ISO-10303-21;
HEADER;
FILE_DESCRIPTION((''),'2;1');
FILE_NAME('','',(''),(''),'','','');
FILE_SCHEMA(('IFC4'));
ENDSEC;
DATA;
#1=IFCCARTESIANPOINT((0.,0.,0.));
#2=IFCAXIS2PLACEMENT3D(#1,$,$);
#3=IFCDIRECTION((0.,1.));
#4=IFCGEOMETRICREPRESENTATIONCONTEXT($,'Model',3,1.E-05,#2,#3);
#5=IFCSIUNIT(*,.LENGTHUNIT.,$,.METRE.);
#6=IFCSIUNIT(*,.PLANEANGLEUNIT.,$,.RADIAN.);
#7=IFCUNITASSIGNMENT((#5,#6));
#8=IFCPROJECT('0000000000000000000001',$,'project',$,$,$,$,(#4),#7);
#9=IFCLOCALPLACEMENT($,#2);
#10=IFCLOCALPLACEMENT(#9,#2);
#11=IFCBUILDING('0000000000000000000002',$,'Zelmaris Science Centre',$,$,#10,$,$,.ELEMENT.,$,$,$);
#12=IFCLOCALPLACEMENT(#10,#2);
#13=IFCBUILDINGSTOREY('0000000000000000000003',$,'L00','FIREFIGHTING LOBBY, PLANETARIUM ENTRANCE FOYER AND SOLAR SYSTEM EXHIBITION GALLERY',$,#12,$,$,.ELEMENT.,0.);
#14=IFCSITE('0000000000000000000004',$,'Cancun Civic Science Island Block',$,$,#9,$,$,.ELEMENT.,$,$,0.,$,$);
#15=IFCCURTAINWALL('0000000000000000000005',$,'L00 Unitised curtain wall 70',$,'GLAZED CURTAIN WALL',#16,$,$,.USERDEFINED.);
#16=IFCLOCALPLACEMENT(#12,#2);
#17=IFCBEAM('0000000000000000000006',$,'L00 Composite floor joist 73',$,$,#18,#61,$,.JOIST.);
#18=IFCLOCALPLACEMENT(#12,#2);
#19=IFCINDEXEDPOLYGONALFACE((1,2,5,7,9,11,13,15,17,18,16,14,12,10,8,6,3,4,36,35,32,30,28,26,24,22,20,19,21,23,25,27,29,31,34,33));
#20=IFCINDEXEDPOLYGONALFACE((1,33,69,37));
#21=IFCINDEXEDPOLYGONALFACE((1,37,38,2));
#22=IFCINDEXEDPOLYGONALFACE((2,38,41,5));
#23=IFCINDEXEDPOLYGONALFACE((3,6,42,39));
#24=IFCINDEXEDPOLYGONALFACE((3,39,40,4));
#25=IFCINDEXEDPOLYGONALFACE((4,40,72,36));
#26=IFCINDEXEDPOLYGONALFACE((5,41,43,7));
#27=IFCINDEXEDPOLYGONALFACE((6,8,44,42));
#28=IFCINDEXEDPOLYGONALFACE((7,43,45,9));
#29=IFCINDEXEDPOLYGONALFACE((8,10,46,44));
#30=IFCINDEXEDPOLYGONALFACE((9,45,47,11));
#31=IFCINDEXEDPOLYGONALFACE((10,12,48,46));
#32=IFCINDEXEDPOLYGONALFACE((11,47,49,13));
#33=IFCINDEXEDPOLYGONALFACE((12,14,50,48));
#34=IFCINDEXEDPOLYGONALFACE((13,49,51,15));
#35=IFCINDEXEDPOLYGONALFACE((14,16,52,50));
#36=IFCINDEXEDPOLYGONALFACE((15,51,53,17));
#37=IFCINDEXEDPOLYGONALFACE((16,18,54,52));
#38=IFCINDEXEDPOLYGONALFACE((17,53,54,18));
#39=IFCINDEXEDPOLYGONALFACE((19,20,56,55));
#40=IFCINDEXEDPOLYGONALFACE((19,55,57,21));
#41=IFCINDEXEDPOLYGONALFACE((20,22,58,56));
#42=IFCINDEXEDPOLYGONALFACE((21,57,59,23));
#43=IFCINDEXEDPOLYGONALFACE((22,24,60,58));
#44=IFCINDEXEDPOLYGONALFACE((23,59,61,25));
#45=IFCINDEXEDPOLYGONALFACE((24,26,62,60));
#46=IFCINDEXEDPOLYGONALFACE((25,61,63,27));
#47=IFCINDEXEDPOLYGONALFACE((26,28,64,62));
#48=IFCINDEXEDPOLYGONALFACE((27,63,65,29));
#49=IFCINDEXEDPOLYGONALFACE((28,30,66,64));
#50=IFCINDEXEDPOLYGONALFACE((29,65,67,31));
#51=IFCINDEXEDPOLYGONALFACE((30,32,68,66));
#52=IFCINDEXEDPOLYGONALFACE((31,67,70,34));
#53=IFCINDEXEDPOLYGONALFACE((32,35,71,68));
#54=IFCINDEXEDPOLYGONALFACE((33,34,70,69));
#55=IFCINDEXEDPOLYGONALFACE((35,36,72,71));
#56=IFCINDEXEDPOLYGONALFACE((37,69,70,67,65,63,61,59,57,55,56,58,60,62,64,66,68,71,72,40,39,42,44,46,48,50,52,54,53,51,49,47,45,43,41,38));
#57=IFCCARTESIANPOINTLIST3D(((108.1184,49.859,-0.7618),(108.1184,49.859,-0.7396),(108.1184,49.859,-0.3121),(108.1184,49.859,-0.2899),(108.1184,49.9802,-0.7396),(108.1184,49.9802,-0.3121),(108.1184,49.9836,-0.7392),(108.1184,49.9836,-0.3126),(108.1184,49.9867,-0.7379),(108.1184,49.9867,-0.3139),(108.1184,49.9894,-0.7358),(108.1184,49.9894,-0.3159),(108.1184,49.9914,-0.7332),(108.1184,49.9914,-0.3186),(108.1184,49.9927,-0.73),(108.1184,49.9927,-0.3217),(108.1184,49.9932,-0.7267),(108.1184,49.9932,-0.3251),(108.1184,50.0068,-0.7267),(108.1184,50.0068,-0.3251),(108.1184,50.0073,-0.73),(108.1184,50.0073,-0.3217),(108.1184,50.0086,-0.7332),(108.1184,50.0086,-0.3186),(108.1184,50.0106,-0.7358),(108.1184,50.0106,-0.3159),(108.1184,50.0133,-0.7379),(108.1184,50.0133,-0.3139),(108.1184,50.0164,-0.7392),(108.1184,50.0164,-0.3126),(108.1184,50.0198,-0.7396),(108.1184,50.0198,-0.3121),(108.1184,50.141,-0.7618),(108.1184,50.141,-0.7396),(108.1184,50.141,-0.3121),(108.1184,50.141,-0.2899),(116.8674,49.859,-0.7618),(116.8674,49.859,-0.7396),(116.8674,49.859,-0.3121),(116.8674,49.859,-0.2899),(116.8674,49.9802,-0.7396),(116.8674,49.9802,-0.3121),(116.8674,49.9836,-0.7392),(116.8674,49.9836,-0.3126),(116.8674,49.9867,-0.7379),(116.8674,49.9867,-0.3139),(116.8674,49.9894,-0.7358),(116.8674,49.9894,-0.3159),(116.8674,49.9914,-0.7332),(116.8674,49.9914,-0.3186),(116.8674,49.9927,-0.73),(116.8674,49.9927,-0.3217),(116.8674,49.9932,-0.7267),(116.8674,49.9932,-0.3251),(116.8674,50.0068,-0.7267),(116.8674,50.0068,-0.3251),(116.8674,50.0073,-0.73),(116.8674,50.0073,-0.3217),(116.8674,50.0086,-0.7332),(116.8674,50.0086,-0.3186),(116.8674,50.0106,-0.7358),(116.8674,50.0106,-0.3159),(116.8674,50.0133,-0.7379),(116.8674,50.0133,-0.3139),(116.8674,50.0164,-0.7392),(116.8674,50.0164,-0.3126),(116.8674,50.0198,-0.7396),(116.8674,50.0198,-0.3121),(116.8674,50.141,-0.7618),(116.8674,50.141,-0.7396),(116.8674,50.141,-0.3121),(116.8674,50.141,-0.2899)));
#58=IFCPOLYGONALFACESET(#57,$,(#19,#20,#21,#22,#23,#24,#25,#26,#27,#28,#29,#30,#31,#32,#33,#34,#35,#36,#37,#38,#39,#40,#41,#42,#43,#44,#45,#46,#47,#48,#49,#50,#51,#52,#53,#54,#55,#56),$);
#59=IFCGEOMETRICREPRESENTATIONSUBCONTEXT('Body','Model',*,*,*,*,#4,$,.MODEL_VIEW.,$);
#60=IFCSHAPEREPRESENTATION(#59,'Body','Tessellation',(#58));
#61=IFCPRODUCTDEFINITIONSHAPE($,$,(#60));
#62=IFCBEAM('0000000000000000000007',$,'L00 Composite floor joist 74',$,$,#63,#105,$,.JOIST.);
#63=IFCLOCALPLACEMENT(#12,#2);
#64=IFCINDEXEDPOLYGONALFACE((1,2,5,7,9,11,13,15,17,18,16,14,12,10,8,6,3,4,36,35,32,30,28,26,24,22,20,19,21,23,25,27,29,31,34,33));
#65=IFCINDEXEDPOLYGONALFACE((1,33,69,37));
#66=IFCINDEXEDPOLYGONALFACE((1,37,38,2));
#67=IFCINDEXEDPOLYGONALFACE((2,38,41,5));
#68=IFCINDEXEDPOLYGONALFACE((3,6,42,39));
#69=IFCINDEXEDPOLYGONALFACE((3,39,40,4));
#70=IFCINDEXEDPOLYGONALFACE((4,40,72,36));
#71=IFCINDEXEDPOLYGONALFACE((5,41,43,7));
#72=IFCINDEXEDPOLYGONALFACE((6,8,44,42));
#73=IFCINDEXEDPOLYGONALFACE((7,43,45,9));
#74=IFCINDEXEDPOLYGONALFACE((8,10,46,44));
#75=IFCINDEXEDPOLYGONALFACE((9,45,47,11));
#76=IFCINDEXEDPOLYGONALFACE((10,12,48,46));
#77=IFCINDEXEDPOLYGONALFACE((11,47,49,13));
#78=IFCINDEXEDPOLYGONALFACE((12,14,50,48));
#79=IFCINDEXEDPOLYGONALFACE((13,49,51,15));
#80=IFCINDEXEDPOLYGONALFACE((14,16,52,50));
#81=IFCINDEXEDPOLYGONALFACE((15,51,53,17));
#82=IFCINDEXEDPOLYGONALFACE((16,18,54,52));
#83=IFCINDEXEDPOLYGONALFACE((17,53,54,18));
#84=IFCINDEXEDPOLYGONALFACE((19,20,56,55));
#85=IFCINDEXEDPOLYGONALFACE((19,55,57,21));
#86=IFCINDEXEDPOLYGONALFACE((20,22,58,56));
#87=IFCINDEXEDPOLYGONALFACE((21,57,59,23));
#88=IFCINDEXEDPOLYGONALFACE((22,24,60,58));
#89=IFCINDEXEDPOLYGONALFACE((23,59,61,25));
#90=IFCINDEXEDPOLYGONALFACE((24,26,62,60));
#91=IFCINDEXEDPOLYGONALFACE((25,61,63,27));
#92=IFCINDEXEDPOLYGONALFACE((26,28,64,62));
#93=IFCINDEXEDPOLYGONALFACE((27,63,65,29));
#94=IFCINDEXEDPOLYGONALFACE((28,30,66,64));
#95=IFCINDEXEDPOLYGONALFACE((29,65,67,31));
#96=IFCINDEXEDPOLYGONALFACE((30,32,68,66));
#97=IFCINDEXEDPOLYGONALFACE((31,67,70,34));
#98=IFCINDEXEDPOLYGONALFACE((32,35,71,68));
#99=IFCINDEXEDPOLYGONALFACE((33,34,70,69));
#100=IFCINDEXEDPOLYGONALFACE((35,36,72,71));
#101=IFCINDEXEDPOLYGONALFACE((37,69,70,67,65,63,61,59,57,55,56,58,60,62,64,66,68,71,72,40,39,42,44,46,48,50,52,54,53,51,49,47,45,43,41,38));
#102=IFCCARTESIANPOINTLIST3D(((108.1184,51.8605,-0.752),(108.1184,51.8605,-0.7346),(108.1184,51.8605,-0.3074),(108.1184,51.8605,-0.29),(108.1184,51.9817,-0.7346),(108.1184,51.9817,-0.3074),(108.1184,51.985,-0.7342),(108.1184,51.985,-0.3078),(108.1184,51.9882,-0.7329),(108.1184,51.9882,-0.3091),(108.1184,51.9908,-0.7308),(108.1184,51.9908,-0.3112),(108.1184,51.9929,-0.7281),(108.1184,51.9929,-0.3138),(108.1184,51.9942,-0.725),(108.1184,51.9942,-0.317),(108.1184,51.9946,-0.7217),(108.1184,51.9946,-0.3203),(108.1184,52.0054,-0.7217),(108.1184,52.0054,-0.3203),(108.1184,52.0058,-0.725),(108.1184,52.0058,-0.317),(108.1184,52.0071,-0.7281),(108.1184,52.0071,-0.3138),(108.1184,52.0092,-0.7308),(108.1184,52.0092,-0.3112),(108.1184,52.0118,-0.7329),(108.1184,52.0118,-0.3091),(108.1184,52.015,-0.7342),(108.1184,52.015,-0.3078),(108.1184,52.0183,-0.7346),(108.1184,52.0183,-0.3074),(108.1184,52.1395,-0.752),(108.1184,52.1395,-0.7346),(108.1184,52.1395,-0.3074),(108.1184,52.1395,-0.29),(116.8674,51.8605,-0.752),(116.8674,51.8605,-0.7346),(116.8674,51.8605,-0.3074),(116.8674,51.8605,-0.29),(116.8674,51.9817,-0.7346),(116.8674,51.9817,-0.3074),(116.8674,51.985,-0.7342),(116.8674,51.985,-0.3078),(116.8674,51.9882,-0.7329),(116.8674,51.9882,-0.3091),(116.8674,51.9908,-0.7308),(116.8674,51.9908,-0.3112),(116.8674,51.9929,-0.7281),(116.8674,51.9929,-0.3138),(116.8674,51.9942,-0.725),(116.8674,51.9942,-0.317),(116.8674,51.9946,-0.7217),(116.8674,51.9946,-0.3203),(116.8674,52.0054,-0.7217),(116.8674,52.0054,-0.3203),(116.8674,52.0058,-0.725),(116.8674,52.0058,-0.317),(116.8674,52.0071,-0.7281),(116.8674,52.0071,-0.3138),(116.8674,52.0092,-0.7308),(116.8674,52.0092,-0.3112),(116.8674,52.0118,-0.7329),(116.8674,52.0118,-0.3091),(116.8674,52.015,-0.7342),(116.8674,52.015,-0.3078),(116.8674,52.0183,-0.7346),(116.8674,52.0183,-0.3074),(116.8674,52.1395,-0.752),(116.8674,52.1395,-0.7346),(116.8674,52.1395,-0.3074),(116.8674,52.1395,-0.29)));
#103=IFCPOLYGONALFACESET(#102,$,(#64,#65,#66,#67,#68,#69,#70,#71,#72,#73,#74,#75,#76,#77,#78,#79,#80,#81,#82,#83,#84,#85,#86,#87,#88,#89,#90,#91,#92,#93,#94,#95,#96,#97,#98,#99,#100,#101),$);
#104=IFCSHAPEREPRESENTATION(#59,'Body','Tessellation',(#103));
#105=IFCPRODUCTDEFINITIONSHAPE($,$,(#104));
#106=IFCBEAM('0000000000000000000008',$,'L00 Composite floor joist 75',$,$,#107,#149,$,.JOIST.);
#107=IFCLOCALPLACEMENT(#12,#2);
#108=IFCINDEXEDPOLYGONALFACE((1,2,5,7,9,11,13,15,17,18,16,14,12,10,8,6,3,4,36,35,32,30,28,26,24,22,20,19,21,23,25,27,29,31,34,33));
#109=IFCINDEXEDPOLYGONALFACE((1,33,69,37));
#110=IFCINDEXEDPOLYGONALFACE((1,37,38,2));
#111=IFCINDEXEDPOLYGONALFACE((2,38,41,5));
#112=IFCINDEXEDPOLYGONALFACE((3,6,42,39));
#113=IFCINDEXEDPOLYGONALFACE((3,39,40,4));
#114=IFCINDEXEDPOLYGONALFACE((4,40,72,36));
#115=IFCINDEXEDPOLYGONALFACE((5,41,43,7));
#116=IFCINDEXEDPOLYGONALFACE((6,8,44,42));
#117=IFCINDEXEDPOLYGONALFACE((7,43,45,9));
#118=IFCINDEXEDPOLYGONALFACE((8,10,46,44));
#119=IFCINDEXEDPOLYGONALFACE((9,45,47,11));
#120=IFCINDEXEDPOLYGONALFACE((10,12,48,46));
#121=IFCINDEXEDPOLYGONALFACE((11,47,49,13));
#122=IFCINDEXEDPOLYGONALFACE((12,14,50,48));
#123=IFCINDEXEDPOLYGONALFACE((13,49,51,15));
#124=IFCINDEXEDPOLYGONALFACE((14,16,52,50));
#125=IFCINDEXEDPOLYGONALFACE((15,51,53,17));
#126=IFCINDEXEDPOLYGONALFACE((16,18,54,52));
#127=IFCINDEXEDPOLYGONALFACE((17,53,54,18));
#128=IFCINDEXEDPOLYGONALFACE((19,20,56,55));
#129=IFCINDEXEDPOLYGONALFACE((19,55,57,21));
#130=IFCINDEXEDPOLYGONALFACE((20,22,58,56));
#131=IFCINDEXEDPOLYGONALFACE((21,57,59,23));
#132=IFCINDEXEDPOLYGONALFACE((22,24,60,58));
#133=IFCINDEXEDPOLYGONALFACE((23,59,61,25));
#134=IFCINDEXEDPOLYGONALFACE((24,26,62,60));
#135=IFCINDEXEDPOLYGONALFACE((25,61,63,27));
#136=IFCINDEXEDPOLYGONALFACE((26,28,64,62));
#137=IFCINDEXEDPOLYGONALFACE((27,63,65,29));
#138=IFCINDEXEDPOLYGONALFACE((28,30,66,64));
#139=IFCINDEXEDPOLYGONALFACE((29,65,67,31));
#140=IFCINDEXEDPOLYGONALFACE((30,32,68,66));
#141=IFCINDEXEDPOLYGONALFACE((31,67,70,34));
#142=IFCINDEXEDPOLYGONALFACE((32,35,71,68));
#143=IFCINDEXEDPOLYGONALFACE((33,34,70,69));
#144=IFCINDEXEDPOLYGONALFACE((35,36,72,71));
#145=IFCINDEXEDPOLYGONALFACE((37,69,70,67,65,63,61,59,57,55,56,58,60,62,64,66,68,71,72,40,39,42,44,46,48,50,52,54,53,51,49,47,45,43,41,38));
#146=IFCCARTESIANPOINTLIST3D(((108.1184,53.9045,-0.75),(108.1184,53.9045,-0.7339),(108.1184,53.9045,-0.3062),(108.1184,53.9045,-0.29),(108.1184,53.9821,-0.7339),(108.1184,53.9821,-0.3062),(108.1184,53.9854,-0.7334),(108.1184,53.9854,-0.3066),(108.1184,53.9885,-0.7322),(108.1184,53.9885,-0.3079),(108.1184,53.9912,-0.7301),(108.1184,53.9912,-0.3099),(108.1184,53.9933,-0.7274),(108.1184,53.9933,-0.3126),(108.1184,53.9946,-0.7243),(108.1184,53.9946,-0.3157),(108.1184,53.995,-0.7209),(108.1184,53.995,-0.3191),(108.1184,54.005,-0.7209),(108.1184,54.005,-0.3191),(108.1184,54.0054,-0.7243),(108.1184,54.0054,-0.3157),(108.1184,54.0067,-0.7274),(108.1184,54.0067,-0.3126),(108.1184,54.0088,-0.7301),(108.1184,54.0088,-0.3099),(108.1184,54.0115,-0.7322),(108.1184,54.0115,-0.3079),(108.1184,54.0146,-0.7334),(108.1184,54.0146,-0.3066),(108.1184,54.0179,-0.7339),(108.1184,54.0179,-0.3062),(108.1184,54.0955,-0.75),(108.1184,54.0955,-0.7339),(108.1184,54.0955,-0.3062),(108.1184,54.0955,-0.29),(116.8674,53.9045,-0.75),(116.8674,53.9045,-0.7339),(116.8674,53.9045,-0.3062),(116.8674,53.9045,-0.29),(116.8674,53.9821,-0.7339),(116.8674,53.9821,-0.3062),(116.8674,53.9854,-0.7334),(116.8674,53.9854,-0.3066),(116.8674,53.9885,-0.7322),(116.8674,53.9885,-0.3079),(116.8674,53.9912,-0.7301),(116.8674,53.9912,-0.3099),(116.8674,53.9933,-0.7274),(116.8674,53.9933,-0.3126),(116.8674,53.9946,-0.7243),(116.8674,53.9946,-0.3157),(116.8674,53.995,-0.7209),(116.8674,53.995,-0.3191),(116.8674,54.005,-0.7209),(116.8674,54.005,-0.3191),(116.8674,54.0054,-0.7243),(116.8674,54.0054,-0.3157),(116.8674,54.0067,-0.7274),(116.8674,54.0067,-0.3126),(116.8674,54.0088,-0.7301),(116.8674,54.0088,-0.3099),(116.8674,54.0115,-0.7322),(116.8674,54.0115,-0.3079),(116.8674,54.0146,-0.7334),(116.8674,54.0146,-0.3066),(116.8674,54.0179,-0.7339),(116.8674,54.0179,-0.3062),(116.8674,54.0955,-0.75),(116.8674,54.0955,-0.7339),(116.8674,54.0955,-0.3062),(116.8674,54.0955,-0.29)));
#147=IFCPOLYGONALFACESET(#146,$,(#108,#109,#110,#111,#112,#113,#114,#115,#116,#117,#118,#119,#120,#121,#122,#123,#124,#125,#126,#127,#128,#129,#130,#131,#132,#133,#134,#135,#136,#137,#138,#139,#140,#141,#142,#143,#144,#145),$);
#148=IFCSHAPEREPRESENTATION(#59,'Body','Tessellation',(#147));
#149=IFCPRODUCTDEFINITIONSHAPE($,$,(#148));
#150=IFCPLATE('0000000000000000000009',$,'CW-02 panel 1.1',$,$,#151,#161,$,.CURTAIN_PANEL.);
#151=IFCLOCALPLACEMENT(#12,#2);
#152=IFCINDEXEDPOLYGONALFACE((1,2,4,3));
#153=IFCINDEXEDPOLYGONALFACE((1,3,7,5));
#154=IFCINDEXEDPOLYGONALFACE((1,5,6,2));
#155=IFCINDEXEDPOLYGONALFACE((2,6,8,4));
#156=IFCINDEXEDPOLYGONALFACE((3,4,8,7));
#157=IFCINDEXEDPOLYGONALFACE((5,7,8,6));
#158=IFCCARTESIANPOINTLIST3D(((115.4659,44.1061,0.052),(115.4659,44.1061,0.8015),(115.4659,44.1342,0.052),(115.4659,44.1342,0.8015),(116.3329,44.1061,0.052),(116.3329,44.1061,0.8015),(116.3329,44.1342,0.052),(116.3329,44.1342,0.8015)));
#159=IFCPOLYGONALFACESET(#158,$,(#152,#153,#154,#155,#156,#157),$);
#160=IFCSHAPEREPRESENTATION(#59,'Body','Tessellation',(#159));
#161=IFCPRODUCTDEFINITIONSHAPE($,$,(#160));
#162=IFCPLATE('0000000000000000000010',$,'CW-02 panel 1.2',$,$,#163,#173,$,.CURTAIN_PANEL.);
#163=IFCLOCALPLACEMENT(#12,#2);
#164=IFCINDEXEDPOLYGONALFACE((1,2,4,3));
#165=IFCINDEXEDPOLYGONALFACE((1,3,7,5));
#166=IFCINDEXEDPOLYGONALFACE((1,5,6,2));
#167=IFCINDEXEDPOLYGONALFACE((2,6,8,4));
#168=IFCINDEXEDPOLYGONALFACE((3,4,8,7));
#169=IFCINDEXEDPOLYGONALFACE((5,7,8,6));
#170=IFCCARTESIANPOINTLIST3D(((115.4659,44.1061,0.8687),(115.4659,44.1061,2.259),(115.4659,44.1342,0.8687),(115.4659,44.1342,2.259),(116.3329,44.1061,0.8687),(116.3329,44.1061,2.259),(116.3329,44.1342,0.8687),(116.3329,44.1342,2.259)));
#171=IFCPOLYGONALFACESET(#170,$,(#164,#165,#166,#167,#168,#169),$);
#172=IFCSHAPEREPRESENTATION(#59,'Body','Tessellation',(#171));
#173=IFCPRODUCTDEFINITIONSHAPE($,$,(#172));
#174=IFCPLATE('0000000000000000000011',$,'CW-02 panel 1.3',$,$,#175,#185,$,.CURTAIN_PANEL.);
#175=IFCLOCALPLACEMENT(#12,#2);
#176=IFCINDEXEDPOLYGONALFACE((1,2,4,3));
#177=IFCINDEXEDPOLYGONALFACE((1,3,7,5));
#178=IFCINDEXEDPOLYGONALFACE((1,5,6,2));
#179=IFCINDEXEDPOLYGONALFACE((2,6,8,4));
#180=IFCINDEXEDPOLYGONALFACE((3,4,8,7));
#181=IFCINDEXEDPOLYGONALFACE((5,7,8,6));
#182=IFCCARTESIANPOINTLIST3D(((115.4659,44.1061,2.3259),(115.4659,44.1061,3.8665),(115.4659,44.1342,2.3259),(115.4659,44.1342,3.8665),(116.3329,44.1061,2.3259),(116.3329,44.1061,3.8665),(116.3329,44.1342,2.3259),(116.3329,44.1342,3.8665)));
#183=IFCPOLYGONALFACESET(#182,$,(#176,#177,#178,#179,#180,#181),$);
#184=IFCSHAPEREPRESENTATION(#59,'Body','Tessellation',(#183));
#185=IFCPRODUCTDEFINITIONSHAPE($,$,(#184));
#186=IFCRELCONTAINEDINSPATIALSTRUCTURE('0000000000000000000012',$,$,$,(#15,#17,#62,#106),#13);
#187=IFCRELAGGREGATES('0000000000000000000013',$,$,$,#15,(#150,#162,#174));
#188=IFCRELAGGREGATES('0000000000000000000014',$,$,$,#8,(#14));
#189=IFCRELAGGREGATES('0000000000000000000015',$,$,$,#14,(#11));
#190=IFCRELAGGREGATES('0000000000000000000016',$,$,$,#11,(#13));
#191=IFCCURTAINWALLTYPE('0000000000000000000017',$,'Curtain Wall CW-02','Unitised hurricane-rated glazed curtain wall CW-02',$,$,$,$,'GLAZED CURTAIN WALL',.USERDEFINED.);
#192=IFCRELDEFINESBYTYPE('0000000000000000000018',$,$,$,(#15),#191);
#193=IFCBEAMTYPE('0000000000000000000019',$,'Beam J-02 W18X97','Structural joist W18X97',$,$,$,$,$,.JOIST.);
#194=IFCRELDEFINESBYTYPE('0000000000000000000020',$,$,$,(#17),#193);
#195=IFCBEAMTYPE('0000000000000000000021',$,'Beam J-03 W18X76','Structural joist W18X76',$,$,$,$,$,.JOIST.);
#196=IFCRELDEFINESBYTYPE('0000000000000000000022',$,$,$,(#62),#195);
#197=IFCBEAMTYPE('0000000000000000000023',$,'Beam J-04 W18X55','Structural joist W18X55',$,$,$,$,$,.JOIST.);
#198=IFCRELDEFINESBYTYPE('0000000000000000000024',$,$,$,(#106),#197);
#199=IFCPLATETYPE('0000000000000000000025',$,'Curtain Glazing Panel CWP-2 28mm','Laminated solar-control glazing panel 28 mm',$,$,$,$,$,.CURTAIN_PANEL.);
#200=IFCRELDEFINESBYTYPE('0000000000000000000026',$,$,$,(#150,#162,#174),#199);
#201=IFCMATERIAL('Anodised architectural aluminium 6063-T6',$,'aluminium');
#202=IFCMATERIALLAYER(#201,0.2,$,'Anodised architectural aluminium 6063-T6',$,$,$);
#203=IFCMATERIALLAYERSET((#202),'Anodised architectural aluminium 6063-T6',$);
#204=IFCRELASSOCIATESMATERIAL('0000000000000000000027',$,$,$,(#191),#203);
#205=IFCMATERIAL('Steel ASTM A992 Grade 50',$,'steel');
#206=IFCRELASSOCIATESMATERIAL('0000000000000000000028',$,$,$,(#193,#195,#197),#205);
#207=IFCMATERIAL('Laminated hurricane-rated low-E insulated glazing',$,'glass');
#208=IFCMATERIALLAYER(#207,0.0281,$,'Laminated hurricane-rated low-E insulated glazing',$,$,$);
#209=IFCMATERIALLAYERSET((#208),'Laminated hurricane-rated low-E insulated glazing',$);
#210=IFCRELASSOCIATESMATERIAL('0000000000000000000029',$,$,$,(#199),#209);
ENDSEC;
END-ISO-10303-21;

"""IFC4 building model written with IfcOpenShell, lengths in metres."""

from ifc_helpers import new_model, si_unit, direction, frame, origin, origin_2d, place, context, subcontext, project, spatial, rectangle, i_section, extrude, material, layer, layer_set, material_profile, profile_set, type_object, element, aggregate, save


model = new_model("IFC4")

# Units and contexts
model_context = context("Model", 3, precision=1e-05, world=origin(), true_north=direction((0.0, 1.0)))
body_context = subcontext(model_context, "Body", "Model", "MODEL_VIEW")
ifc_project = project(units=[si_unit("LENGTHUNIT", "METRE"), si_unit("PLANEANGLEUNIT", "RADIAN")], contexts=[model_context])

# Site, building, storey
site_placement = place(None, origin())
site = spatial("IfcSite", under=ifc_project, at=site_placement, Name="Cancun Civic Science Island Block", CompositionType="ELEMENT", RefElevation=0.0)
building_placement = place(site_placement, origin())
building = spatial("IfcBuilding", under=site, at=building_placement, Name="Zelmaris Science Centre", CompositionType="ELEMENT")
storey_placement = place(building_placement, origin())
storey = spatial("IfcBuildingStorey", under=building, at=storey_placement, Name="L00", Description="FIREFIGHTING LOBBY, PLANETARIUM ENTRANCE FOYER AND SOLAR SYSTEM EXHIBITION GALLERY", CompositionType="ELEMENT", Elevation=0.0)

# Shared definitions
ifc_material_1 = material(Name="Steel ASTM A992 Grade 50", Category="steel")

# Curtain wall
ifc_material_2 = material(Name="Anodised architectural aluminium 6063-T6", Category="aluminium")
ifc_layer_1 = layer(ifc_material_2, 0.2, Name="Anodised architectural aluminium 6063-T6")
ifc_layer_set_1 = layer_set([ifc_layer_1], Name="Anodised architectural aluminium 6063-T6")
curtain_wall_type = type_object("IfcCurtainWallType", Name="Curtain Wall CW-02", Description="Unitised hurricane-rated glazed curtain wall CW-02", ElementType="GLAZED CURTAIN WALL", PredefinedType="USERDEFINED", material=ifc_layer_set_1)
curtain_wall_placement = place(storey_placement, origin())
curtain_wall = element("IfcCurtainWall", 1, at=curtain_wall_placement, inside=storey, type_object=curtain_wall_type, Name="L00 Unitised curtain wall 70", ObjectType="GLAZED CURTAIN WALL", PredefinedType="USERDEFINED")

# Beams
ifc_material_profile_1 = material_profile(ifc_material_1, i_section(OverallWidth=0.282, OverallDepth=0.4719, WebThickness=0.0137, FlangeThickness=0.0222, FilletRadius=0.0129, at=origin_2d()), Name="W18X97")
ifc_profile_set_1 = profile_set([ifc_material_profile_1], Name="Steel ASTM A992 Grade 50")
beam_type_1 = type_object("IfcBeamType", Name="Beam J-02 W18X97", Description="Structural joist W18X97", PredefinedType="JOIST", material=ifc_profile_set_1)
beam_1_placement = place(storey_placement, frame((108.1184, 50.0, -0.5259), z_axis=(1.0, 0.0, 0.0), x_axis=(0.0, 1.0, 0.0)))
element("IfcBeam", 2, at=beam_1_placement, inside=storey, type_object=beam_type_1, Name="L00 Composite floor joist 73", PredefinedType="JOIST", context=body_context, shape_type="SweptSolid", body=[
    extrude(i_section(OverallWidth=0.282, OverallDepth=0.4719, WebThickness=0.0137, FlangeThickness=0.0222, FilletRadius=0.0129, at=origin_2d()), origin(), (0.0, 0.0, 1.0), 8.749),
])
ifc_material_profile_2 = material_profile(ifc_material_1, i_section(OverallWidth=0.2791, OverallDepth=0.4619, WebThickness=0.0107, FlangeThickness=0.0173, FilletRadius=0.0129, at=origin_2d()), Name="W18X76")
ifc_profile_set_2 = profile_set([ifc_material_profile_2], Name="Steel ASTM A992 Grade 50")
beam_type_2 = type_object("IfcBeamType", Name="Beam J-03 W18X76", Description="Structural joist W18X76", PredefinedType="JOIST", material=ifc_profile_set_2)
beam_2_placement = place(storey_placement, frame((108.1184, 52.0, -0.521), z_axis=(1.0, 0.0, 0.0), x_axis=(0.0, 1.0, 0.0)))
element("IfcBeam", 3, at=beam_2_placement, inside=storey, type_object=beam_type_2, Name="L00 Composite floor joist 74", PredefinedType="JOIST", context=body_context, shape_type="SweptSolid", body=[
    extrude(i_section(OverallWidth=0.2791, OverallDepth=0.4619, WebThickness=0.0107, FlangeThickness=0.0173, FilletRadius=0.0129, at=origin_2d()), origin(), (0.0, 0.0, 1.0), 8.749),
])
ifc_material_profile_3 = material_profile(ifc_material_1, i_section(OverallWidth=0.1909, OverallDepth=0.46, WebThickness=0.01, FlangeThickness=0.0161, FilletRadius=0.0129, at=origin_2d()), Name="W18X55")
ifc_profile_set_3 = profile_set([ifc_material_profile_3], Name="Steel ASTM A992 Grade 50")
beam_type_3 = type_object("IfcBeamType", Name="Beam J-04 W18X55", Description="Structural joist W18X55", PredefinedType="JOIST", material=ifc_profile_set_3)
beam_3_placement = place(storey_placement, frame((108.1184, 54.0, -0.52), z_axis=(1.0, 0.0, 0.0), x_axis=(0.0, 1.0, 0.0)))
element("IfcBeam", 4, at=beam_3_placement, inside=storey, type_object=beam_type_3, Name="L00 Composite floor joist 75", PredefinedType="JOIST", context=body_context, shape_type="SweptSolid", body=[
    extrude(i_section(OverallWidth=0.1909, OverallDepth=0.46, WebThickness=0.01, FlangeThickness=0.0161, FilletRadius=0.0129, at=origin_2d()), origin(), (0.0, 0.0, 1.0), 8.749),
])

# Plates
ifc_material_3 = material(Name="Laminated hurricane-rated low-E insulated glazing", Category="glass")
ifc_layer_2 = layer(ifc_material_3, 0.0281, Name="Laminated hurricane-rated low-E insulated glazing")
ifc_layer_set_2 = layer_set([ifc_layer_2], Name="Laminated hurricane-rated low-E insulated glazing")
plate_type = type_object("IfcPlateType", Name="Curtain Glazing Panel CWP-2 28mm", Description="Laminated solar-control glazing panel 28 mm", PredefinedType="CURTAIN_PANEL", material=ifc_layer_set_2)
plate_1_placement = place(storey_placement, frame((115.8994, 44.1201, 0.052), z_axis=(0.0, 0.0, 1.0), x_axis=(-1.0, 0.0, 0.0)))
plate_1 = element("IfcPlate", 5, at=plate_1_placement, type_object=plate_type, Name="CW-02 panel 1.1", PredefinedType="CURTAIN_PANEL", context=body_context, shape_type="SweptSolid", body=[
    extrude(rectangle(XDim=0.8669, YDim=0.0281, at=origin_2d()), origin(), (0.0, 0.0, 1.0), 0.7495),
])
plate_2_placement = place(storey_placement, frame((115.8994, 44.1201, 0.8687), z_axis=(0.0, 0.0, 1.0), x_axis=(-1.0, 0.0, 0.0)))
plate_2 = element("IfcPlate", 6, at=plate_2_placement, type_object=plate_type, Name="CW-02 panel 1.2", PredefinedType="CURTAIN_PANEL", context=body_context, shape_type="SweptSolid", body=[
    extrude(rectangle(XDim=0.8669, YDim=0.0281, at=origin_2d()), origin(), (0.0, 0.0, 1.0), 1.3904),
])
plate_3_placement = place(storey_placement, frame((115.8994, 44.1201, 2.3259), z_axis=(0.0, 0.0, 1.0), x_axis=(-1.0, 0.0, 0.0)))
plate_3 = element("IfcPlate", 7, at=plate_3_placement, type_object=plate_type, Name="CW-02 panel 1.3", PredefinedType="CURTAIN_PANEL", context=body_context, shape_type="SweptSolid", body=[
    extrude(rectangle(XDim=0.8669, YDim=0.0281, at=origin_2d()), origin(), (0.0, 0.0, 1.0), 1.5405),
])
aggregate(curtain_wall, [plate_1, plate_2, plate_3])

save(model, "model.ifc")
